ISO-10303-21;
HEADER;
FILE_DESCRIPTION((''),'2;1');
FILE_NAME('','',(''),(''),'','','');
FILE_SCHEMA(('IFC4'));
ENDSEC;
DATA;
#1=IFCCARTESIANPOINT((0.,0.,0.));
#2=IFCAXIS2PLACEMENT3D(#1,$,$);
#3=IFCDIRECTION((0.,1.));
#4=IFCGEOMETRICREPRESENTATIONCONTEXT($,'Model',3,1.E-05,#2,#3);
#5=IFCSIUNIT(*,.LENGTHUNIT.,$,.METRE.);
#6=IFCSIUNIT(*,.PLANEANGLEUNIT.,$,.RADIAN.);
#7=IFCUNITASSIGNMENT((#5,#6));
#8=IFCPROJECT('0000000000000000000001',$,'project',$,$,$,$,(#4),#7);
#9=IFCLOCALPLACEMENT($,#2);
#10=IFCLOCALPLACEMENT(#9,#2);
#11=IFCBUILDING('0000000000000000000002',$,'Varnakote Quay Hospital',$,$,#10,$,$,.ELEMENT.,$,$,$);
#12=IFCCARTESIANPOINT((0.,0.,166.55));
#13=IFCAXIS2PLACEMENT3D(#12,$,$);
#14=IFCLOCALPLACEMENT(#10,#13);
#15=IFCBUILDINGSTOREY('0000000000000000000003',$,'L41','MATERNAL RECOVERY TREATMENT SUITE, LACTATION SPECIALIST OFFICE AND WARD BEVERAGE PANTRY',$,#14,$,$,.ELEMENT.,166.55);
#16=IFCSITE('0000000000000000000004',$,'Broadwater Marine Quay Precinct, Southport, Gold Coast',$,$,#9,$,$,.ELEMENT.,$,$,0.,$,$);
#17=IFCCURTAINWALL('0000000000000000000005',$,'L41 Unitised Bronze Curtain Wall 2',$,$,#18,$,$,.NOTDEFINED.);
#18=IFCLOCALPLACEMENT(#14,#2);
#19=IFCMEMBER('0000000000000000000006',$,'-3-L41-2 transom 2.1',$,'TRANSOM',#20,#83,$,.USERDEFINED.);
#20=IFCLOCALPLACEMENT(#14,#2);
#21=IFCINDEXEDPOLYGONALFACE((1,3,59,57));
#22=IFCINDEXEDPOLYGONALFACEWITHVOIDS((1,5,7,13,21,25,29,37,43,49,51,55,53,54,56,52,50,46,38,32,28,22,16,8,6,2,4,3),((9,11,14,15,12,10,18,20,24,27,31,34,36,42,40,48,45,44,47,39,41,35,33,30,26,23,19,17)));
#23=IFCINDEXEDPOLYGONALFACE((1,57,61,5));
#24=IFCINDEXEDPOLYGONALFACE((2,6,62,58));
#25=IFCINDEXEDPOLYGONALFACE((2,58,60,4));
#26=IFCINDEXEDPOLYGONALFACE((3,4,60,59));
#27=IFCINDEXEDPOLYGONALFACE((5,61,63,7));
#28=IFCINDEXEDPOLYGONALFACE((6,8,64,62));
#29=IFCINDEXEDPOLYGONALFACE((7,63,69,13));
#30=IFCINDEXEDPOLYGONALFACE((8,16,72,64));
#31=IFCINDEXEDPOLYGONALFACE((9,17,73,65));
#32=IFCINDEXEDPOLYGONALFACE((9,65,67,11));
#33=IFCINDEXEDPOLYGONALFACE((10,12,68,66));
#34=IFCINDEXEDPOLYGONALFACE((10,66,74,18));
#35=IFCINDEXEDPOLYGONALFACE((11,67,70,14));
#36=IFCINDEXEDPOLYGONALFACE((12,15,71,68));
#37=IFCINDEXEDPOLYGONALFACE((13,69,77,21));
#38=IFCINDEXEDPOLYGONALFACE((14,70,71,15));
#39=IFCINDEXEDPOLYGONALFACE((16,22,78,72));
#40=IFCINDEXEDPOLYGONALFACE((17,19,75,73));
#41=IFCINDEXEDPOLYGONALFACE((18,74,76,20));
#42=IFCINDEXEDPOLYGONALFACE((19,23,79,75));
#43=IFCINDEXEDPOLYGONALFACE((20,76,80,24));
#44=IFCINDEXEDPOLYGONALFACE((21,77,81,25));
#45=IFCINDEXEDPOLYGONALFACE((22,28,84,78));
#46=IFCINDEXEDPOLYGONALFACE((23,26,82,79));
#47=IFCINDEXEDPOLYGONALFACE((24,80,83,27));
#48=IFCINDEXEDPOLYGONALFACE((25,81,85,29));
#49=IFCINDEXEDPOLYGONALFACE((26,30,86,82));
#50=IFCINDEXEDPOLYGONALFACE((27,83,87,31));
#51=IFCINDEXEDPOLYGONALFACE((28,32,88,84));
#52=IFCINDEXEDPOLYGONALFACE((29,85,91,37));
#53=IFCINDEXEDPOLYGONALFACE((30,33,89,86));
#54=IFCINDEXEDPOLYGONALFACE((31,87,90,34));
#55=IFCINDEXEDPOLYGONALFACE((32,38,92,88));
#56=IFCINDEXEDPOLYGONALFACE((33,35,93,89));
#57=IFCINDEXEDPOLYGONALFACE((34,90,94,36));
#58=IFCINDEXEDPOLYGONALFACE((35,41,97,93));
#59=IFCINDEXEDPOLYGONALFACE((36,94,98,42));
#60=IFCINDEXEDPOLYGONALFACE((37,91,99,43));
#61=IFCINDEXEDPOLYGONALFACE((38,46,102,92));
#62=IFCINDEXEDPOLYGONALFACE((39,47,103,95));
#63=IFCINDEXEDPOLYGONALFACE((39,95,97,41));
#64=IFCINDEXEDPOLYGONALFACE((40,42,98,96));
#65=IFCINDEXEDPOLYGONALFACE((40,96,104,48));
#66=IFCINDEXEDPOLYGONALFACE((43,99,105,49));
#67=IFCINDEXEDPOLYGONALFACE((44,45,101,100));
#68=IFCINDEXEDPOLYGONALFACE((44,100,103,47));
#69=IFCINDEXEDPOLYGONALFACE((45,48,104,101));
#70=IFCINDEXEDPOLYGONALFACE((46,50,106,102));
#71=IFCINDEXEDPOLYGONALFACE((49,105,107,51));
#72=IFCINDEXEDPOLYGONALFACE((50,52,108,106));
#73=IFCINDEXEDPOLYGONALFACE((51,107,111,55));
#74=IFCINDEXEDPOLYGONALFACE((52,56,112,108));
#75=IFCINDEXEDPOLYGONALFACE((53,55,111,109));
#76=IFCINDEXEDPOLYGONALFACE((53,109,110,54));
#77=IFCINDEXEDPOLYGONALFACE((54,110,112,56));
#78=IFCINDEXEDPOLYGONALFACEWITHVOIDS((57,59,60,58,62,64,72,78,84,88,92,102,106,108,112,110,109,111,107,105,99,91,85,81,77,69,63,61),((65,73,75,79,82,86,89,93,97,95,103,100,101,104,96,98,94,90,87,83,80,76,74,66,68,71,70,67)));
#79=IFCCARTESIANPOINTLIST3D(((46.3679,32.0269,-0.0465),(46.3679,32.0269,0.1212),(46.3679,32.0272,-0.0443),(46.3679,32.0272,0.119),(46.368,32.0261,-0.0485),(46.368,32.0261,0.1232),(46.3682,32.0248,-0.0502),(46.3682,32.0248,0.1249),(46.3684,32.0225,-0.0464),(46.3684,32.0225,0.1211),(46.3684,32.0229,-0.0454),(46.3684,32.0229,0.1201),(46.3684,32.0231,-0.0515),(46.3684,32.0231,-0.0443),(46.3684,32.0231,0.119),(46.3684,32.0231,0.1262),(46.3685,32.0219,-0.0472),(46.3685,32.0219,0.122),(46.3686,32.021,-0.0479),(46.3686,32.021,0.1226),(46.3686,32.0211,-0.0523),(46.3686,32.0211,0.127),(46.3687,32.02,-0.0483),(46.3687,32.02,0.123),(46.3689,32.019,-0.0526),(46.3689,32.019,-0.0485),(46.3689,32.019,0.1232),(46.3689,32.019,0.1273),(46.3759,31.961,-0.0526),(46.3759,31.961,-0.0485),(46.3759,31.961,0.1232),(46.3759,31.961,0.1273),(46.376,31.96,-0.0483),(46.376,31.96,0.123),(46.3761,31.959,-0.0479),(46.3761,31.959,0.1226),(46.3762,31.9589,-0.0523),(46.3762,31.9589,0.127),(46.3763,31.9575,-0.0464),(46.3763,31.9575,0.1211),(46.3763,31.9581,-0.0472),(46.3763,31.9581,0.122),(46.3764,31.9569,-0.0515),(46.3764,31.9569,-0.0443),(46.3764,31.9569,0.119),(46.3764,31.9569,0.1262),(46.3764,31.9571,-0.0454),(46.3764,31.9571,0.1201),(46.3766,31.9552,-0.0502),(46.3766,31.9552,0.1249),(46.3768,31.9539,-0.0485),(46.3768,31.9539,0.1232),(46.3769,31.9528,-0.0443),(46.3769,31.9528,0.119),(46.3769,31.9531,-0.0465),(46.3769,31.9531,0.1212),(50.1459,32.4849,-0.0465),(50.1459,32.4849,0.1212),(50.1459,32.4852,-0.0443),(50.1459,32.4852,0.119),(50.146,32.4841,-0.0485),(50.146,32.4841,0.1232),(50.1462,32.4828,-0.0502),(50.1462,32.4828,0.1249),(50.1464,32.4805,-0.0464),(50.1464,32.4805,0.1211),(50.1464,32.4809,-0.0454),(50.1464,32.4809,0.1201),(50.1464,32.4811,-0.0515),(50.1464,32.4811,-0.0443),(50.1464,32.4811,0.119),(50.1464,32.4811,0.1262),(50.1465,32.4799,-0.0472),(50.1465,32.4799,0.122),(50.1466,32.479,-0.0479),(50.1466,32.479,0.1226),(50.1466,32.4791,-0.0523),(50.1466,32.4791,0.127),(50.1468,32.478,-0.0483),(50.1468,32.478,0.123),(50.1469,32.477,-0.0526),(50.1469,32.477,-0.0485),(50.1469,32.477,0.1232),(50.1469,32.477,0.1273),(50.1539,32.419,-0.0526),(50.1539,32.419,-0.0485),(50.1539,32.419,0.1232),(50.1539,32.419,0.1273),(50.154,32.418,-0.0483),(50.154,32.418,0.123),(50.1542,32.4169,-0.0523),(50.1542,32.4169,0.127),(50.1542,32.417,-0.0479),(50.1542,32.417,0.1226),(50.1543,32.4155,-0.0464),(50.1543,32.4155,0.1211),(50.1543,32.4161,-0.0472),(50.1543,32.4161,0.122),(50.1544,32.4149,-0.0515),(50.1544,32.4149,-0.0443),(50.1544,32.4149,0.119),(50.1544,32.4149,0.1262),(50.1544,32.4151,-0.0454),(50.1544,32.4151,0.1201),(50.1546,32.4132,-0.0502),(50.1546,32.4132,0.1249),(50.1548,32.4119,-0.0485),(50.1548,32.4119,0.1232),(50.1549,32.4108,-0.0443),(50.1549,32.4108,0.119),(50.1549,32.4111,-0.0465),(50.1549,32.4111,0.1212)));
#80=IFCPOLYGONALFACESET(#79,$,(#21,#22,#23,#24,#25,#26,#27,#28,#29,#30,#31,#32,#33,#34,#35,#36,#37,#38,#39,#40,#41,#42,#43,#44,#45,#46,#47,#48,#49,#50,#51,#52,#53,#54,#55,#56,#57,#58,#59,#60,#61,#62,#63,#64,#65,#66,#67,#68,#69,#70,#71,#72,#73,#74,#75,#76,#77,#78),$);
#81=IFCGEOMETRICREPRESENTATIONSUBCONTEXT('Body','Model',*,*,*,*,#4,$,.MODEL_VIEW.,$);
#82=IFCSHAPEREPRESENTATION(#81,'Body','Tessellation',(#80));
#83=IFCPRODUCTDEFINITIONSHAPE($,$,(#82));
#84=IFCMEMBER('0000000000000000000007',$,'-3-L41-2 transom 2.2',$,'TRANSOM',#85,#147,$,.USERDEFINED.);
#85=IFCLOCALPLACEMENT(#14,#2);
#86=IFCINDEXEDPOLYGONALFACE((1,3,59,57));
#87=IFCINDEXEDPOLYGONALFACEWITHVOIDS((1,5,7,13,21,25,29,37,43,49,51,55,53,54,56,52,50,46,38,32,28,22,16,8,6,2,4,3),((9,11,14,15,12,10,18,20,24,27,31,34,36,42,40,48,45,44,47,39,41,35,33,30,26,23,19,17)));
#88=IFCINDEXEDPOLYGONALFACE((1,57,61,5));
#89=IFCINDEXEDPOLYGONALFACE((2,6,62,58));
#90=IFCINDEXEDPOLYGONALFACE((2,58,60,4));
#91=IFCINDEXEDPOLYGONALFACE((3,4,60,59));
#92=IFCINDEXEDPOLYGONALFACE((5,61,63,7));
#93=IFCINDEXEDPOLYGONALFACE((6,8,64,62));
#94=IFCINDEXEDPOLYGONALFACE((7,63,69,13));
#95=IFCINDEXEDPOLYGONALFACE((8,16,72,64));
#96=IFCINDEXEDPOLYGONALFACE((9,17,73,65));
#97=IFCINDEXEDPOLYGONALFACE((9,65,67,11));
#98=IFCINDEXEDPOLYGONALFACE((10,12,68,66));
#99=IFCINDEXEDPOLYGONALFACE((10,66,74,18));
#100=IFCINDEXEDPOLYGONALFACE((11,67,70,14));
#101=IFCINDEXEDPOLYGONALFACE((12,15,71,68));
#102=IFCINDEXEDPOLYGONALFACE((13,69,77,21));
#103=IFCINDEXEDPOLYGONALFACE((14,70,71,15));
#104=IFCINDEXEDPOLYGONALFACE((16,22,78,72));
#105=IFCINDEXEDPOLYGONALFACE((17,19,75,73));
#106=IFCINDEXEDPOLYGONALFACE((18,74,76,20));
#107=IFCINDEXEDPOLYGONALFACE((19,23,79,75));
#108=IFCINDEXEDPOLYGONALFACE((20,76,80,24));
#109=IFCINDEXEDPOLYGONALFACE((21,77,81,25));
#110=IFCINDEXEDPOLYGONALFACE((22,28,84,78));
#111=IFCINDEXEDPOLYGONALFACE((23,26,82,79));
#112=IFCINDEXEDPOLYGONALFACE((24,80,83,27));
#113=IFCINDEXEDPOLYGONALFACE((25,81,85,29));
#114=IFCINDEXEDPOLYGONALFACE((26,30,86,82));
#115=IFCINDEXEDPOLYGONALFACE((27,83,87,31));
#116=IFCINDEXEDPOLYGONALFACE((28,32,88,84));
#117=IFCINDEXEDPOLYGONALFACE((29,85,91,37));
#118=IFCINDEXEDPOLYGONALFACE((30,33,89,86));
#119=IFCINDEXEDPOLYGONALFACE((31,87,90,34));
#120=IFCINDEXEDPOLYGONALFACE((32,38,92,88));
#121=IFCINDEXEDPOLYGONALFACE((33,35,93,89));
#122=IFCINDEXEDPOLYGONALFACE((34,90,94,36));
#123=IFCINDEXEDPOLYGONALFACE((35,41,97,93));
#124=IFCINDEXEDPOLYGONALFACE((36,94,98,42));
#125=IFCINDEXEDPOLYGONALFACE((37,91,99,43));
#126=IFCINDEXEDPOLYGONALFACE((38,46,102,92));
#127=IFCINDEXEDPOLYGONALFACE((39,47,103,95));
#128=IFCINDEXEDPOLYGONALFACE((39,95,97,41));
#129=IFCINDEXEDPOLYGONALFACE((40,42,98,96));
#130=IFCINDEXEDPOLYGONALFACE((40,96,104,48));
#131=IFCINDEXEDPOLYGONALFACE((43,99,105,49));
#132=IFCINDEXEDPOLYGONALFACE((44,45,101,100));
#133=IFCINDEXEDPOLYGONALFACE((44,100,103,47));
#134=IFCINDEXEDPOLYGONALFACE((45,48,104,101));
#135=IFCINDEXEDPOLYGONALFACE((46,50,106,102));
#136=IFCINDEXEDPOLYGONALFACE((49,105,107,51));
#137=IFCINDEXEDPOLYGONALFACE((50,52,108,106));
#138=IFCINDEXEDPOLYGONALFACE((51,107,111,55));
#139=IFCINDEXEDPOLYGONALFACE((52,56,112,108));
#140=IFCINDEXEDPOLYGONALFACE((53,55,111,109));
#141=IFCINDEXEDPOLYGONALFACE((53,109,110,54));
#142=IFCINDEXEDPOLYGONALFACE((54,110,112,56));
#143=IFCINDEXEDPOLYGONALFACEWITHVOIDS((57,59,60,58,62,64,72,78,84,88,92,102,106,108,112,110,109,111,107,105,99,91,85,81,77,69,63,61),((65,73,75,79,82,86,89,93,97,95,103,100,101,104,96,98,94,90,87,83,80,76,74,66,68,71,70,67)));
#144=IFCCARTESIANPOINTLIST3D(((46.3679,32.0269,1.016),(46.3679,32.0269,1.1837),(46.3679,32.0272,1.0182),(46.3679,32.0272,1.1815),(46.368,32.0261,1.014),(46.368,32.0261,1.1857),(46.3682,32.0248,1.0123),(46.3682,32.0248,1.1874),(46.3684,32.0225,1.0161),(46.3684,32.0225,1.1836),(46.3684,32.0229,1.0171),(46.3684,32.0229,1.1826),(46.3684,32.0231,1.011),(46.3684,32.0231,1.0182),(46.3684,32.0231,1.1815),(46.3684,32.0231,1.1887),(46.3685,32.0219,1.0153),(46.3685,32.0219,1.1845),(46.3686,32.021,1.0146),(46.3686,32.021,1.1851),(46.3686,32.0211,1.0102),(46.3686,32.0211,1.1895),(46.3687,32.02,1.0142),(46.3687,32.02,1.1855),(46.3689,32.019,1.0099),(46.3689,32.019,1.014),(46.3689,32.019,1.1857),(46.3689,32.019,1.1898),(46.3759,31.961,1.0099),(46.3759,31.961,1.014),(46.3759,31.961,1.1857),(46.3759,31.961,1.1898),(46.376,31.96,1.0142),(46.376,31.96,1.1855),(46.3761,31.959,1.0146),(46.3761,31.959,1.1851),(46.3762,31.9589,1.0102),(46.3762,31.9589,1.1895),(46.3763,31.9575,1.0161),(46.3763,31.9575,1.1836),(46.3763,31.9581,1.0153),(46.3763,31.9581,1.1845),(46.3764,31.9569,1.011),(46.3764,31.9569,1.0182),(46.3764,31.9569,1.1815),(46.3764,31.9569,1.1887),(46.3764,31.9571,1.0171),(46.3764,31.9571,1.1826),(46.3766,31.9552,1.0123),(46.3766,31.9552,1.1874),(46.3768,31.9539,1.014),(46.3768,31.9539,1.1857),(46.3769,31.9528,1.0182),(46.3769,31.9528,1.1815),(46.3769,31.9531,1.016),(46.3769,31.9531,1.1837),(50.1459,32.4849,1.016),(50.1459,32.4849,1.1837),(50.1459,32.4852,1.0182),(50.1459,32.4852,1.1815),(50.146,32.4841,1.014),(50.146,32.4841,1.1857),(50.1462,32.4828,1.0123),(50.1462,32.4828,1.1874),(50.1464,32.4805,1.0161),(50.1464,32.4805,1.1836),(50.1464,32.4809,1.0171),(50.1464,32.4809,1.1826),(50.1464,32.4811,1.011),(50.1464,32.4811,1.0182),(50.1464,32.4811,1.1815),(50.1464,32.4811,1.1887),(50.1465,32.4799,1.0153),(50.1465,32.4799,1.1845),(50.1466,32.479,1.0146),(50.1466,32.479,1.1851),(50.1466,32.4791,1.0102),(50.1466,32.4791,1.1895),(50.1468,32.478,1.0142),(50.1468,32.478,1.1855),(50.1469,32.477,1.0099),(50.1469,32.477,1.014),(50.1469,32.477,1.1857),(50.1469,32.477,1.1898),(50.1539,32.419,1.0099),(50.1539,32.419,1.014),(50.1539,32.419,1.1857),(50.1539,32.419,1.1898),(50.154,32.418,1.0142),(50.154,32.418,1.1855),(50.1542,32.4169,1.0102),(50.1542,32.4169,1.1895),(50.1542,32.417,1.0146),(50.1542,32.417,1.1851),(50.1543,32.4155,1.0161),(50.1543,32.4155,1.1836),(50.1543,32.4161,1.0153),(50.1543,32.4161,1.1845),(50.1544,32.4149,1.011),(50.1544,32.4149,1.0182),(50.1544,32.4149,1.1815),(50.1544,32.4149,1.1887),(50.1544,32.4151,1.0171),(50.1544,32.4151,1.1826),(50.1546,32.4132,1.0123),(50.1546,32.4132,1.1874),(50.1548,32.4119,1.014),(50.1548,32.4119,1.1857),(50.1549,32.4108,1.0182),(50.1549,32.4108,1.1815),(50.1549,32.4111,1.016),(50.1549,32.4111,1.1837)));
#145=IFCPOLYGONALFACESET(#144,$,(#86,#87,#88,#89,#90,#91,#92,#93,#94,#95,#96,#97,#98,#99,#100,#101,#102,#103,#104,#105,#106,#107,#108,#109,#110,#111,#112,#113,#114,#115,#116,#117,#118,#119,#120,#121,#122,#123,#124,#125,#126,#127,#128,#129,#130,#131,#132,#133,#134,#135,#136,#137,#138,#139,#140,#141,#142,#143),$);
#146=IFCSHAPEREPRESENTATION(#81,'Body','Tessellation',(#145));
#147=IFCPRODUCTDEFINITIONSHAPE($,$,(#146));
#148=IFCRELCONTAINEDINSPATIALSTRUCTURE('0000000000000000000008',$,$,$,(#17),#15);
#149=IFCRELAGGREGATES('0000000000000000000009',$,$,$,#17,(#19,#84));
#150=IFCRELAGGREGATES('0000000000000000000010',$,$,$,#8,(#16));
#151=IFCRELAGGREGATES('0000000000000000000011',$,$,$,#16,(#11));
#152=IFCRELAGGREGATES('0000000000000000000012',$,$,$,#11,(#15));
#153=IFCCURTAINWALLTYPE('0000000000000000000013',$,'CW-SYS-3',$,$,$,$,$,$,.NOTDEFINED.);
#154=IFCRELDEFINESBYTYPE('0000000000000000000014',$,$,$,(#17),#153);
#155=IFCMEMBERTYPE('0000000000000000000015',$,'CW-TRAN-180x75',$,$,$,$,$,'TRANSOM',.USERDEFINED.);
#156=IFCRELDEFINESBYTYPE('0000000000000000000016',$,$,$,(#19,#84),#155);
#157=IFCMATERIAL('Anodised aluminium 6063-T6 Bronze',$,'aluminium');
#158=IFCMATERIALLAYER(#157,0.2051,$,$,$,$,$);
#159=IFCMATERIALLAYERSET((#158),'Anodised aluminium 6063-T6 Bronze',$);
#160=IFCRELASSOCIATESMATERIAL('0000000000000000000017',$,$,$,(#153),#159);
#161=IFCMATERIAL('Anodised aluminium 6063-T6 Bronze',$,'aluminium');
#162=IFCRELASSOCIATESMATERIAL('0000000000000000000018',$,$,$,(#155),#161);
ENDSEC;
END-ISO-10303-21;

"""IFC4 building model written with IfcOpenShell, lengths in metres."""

from ifc_helpers import new_model, si_unit, direction, frame, origin, origin_2d, place, context, subcontext, project, spatial, hollow_rectangle, extrude, material, layer, layer_set, material_profile, profile_set, type_object, element, aggregate, save


model = new_model("IFC4")

# Units and contexts
model_context = context("Model", 3, precision=1e-05, world=origin(), true_north=direction((0.0, 1.0)))
body_context = subcontext(model_context, "Body", "Model", "MODEL_VIEW")
ifc_project = project(units=[si_unit("LENGTHUNIT", "METRE"), si_unit("PLANEANGLEUNIT", "RADIAN")], contexts=[model_context])

# Site, building, storey
site_placement = place(None, origin())
site = spatial("IfcSite", under=ifc_project, at=site_placement, Name="Broadwater Marine Quay Precinct, Southport, Gold Coast", CompositionType="ELEMENT", RefElevation=0.0)
building_placement = place(site_placement, origin())
building = spatial("IfcBuilding", under=site, at=building_placement, Name="Varnakote Quay Hospital", CompositionType="ELEMENT")
storey_placement = place(building_placement, frame((0.0, 0.0, 166.55)))
storey = spatial("IfcBuildingStorey", under=building, at=storey_placement, Name="L41", Description="MATERNAL RECOVERY TREATMENT SUITE, LACTATION SPECIALIST OFFICE AND WARD BEVERAGE PANTRY", CompositionType="ELEMENT", Elevation=166.55)

# Curtain wall, members
ifc_material_1 = material(Name="Anodised aluminium 6063-T6 Bronze", Category="aluminium")
ifc_layer_1 = layer(ifc_material_1, 0.2051)
ifc_layer_set_1 = layer_set([ifc_layer_1], Name="Anodised aluminium 6063-T6 Bronze")
curtain_wall_type = type_object("IfcCurtainWallType", Name="CW-SYS-3", PredefinedType="NOTDEFINED", material=ifc_layer_set_1)
curtain_wall_placement = place(storey_placement, origin())
curtain_wall = element("IfcCurtainWall", 1, at=curtain_wall_placement, inside=storey, type_object=curtain_wall_type, Name="L41 Unitised Bronze Curtain Wall 2", PredefinedType="NOTDEFINED")
ifc_material_2 = material(Name="Anodised aluminium 6063-T6 Bronze", Category="aluminium")
ifc_material_profile_1 = material_profile(ifc_material_2, hollow_rectangle(XDim=0.075, YDim=0.1799, WallThickness=0.0042, InnerFilletRadius=0.0042, OuterFilletRadius=0.0083, at=origin_2d()), Name="CW-TRAN-180x75")
ifc_profile_set_1 = profile_set([ifc_material_profile_1], Name="Anodised aluminium 6063-T6 Bronze")
member_type_1 = type_object("IfcMemberType", Name="CW-TRAN-180x75", ElementType="TRANSOM", PredefinedType="USERDEFINED", material=ifc_profile_set_1)
member_1_placement = place(storey_placement, frame((50.1504, 32.448, 0.0374), z_axis=(-0.992732, -0.120347, 0.0), x_axis=(0.120347, -0.992732, 0.0)))
member_1 = element("IfcMember", 2, at=member_1_placement, type_object=member_type_1, Name="-3-L41-2 transom 2.1", ObjectType="TRANSOM", PredefinedType="USERDEFINED", context=body_context, shape_type="SweptSolid", body=[
    extrude(hollow_rectangle(XDim=0.075, YDim=0.1799, WallThickness=0.0042, InnerFilletRadius=0.0042, OuterFilletRadius=0.0083, at=origin_2d()), origin(), (0.0, 0.0, 1.0), 3.8057),
])
member_2_placement = place(storey_placement, frame((50.1504, 32.448, 1.0999), z_axis=(-0.992732, -0.120347, 0.0), x_axis=(0.120347, -0.992732, 0.0)))
member_2 = element("IfcMember", 3, at=member_2_placement, type_object=member_type_1, Name="-3-L41-2 transom 2.2", ObjectType="TRANSOM", PredefinedType="USERDEFINED", context=body_context, shape_type="SweptSolid", body=[
    extrude(hollow_rectangle(XDim=0.075, YDim=0.1799, WallThickness=0.0042, InnerFilletRadius=0.0042, OuterFilletRadius=0.0083, at=origin_2d()), origin(), (0.0, 0.0, 1.0), 3.8057),
])
aggregate(curtain_wall, [member_1, member_2])

save(model, "model.ifc")
